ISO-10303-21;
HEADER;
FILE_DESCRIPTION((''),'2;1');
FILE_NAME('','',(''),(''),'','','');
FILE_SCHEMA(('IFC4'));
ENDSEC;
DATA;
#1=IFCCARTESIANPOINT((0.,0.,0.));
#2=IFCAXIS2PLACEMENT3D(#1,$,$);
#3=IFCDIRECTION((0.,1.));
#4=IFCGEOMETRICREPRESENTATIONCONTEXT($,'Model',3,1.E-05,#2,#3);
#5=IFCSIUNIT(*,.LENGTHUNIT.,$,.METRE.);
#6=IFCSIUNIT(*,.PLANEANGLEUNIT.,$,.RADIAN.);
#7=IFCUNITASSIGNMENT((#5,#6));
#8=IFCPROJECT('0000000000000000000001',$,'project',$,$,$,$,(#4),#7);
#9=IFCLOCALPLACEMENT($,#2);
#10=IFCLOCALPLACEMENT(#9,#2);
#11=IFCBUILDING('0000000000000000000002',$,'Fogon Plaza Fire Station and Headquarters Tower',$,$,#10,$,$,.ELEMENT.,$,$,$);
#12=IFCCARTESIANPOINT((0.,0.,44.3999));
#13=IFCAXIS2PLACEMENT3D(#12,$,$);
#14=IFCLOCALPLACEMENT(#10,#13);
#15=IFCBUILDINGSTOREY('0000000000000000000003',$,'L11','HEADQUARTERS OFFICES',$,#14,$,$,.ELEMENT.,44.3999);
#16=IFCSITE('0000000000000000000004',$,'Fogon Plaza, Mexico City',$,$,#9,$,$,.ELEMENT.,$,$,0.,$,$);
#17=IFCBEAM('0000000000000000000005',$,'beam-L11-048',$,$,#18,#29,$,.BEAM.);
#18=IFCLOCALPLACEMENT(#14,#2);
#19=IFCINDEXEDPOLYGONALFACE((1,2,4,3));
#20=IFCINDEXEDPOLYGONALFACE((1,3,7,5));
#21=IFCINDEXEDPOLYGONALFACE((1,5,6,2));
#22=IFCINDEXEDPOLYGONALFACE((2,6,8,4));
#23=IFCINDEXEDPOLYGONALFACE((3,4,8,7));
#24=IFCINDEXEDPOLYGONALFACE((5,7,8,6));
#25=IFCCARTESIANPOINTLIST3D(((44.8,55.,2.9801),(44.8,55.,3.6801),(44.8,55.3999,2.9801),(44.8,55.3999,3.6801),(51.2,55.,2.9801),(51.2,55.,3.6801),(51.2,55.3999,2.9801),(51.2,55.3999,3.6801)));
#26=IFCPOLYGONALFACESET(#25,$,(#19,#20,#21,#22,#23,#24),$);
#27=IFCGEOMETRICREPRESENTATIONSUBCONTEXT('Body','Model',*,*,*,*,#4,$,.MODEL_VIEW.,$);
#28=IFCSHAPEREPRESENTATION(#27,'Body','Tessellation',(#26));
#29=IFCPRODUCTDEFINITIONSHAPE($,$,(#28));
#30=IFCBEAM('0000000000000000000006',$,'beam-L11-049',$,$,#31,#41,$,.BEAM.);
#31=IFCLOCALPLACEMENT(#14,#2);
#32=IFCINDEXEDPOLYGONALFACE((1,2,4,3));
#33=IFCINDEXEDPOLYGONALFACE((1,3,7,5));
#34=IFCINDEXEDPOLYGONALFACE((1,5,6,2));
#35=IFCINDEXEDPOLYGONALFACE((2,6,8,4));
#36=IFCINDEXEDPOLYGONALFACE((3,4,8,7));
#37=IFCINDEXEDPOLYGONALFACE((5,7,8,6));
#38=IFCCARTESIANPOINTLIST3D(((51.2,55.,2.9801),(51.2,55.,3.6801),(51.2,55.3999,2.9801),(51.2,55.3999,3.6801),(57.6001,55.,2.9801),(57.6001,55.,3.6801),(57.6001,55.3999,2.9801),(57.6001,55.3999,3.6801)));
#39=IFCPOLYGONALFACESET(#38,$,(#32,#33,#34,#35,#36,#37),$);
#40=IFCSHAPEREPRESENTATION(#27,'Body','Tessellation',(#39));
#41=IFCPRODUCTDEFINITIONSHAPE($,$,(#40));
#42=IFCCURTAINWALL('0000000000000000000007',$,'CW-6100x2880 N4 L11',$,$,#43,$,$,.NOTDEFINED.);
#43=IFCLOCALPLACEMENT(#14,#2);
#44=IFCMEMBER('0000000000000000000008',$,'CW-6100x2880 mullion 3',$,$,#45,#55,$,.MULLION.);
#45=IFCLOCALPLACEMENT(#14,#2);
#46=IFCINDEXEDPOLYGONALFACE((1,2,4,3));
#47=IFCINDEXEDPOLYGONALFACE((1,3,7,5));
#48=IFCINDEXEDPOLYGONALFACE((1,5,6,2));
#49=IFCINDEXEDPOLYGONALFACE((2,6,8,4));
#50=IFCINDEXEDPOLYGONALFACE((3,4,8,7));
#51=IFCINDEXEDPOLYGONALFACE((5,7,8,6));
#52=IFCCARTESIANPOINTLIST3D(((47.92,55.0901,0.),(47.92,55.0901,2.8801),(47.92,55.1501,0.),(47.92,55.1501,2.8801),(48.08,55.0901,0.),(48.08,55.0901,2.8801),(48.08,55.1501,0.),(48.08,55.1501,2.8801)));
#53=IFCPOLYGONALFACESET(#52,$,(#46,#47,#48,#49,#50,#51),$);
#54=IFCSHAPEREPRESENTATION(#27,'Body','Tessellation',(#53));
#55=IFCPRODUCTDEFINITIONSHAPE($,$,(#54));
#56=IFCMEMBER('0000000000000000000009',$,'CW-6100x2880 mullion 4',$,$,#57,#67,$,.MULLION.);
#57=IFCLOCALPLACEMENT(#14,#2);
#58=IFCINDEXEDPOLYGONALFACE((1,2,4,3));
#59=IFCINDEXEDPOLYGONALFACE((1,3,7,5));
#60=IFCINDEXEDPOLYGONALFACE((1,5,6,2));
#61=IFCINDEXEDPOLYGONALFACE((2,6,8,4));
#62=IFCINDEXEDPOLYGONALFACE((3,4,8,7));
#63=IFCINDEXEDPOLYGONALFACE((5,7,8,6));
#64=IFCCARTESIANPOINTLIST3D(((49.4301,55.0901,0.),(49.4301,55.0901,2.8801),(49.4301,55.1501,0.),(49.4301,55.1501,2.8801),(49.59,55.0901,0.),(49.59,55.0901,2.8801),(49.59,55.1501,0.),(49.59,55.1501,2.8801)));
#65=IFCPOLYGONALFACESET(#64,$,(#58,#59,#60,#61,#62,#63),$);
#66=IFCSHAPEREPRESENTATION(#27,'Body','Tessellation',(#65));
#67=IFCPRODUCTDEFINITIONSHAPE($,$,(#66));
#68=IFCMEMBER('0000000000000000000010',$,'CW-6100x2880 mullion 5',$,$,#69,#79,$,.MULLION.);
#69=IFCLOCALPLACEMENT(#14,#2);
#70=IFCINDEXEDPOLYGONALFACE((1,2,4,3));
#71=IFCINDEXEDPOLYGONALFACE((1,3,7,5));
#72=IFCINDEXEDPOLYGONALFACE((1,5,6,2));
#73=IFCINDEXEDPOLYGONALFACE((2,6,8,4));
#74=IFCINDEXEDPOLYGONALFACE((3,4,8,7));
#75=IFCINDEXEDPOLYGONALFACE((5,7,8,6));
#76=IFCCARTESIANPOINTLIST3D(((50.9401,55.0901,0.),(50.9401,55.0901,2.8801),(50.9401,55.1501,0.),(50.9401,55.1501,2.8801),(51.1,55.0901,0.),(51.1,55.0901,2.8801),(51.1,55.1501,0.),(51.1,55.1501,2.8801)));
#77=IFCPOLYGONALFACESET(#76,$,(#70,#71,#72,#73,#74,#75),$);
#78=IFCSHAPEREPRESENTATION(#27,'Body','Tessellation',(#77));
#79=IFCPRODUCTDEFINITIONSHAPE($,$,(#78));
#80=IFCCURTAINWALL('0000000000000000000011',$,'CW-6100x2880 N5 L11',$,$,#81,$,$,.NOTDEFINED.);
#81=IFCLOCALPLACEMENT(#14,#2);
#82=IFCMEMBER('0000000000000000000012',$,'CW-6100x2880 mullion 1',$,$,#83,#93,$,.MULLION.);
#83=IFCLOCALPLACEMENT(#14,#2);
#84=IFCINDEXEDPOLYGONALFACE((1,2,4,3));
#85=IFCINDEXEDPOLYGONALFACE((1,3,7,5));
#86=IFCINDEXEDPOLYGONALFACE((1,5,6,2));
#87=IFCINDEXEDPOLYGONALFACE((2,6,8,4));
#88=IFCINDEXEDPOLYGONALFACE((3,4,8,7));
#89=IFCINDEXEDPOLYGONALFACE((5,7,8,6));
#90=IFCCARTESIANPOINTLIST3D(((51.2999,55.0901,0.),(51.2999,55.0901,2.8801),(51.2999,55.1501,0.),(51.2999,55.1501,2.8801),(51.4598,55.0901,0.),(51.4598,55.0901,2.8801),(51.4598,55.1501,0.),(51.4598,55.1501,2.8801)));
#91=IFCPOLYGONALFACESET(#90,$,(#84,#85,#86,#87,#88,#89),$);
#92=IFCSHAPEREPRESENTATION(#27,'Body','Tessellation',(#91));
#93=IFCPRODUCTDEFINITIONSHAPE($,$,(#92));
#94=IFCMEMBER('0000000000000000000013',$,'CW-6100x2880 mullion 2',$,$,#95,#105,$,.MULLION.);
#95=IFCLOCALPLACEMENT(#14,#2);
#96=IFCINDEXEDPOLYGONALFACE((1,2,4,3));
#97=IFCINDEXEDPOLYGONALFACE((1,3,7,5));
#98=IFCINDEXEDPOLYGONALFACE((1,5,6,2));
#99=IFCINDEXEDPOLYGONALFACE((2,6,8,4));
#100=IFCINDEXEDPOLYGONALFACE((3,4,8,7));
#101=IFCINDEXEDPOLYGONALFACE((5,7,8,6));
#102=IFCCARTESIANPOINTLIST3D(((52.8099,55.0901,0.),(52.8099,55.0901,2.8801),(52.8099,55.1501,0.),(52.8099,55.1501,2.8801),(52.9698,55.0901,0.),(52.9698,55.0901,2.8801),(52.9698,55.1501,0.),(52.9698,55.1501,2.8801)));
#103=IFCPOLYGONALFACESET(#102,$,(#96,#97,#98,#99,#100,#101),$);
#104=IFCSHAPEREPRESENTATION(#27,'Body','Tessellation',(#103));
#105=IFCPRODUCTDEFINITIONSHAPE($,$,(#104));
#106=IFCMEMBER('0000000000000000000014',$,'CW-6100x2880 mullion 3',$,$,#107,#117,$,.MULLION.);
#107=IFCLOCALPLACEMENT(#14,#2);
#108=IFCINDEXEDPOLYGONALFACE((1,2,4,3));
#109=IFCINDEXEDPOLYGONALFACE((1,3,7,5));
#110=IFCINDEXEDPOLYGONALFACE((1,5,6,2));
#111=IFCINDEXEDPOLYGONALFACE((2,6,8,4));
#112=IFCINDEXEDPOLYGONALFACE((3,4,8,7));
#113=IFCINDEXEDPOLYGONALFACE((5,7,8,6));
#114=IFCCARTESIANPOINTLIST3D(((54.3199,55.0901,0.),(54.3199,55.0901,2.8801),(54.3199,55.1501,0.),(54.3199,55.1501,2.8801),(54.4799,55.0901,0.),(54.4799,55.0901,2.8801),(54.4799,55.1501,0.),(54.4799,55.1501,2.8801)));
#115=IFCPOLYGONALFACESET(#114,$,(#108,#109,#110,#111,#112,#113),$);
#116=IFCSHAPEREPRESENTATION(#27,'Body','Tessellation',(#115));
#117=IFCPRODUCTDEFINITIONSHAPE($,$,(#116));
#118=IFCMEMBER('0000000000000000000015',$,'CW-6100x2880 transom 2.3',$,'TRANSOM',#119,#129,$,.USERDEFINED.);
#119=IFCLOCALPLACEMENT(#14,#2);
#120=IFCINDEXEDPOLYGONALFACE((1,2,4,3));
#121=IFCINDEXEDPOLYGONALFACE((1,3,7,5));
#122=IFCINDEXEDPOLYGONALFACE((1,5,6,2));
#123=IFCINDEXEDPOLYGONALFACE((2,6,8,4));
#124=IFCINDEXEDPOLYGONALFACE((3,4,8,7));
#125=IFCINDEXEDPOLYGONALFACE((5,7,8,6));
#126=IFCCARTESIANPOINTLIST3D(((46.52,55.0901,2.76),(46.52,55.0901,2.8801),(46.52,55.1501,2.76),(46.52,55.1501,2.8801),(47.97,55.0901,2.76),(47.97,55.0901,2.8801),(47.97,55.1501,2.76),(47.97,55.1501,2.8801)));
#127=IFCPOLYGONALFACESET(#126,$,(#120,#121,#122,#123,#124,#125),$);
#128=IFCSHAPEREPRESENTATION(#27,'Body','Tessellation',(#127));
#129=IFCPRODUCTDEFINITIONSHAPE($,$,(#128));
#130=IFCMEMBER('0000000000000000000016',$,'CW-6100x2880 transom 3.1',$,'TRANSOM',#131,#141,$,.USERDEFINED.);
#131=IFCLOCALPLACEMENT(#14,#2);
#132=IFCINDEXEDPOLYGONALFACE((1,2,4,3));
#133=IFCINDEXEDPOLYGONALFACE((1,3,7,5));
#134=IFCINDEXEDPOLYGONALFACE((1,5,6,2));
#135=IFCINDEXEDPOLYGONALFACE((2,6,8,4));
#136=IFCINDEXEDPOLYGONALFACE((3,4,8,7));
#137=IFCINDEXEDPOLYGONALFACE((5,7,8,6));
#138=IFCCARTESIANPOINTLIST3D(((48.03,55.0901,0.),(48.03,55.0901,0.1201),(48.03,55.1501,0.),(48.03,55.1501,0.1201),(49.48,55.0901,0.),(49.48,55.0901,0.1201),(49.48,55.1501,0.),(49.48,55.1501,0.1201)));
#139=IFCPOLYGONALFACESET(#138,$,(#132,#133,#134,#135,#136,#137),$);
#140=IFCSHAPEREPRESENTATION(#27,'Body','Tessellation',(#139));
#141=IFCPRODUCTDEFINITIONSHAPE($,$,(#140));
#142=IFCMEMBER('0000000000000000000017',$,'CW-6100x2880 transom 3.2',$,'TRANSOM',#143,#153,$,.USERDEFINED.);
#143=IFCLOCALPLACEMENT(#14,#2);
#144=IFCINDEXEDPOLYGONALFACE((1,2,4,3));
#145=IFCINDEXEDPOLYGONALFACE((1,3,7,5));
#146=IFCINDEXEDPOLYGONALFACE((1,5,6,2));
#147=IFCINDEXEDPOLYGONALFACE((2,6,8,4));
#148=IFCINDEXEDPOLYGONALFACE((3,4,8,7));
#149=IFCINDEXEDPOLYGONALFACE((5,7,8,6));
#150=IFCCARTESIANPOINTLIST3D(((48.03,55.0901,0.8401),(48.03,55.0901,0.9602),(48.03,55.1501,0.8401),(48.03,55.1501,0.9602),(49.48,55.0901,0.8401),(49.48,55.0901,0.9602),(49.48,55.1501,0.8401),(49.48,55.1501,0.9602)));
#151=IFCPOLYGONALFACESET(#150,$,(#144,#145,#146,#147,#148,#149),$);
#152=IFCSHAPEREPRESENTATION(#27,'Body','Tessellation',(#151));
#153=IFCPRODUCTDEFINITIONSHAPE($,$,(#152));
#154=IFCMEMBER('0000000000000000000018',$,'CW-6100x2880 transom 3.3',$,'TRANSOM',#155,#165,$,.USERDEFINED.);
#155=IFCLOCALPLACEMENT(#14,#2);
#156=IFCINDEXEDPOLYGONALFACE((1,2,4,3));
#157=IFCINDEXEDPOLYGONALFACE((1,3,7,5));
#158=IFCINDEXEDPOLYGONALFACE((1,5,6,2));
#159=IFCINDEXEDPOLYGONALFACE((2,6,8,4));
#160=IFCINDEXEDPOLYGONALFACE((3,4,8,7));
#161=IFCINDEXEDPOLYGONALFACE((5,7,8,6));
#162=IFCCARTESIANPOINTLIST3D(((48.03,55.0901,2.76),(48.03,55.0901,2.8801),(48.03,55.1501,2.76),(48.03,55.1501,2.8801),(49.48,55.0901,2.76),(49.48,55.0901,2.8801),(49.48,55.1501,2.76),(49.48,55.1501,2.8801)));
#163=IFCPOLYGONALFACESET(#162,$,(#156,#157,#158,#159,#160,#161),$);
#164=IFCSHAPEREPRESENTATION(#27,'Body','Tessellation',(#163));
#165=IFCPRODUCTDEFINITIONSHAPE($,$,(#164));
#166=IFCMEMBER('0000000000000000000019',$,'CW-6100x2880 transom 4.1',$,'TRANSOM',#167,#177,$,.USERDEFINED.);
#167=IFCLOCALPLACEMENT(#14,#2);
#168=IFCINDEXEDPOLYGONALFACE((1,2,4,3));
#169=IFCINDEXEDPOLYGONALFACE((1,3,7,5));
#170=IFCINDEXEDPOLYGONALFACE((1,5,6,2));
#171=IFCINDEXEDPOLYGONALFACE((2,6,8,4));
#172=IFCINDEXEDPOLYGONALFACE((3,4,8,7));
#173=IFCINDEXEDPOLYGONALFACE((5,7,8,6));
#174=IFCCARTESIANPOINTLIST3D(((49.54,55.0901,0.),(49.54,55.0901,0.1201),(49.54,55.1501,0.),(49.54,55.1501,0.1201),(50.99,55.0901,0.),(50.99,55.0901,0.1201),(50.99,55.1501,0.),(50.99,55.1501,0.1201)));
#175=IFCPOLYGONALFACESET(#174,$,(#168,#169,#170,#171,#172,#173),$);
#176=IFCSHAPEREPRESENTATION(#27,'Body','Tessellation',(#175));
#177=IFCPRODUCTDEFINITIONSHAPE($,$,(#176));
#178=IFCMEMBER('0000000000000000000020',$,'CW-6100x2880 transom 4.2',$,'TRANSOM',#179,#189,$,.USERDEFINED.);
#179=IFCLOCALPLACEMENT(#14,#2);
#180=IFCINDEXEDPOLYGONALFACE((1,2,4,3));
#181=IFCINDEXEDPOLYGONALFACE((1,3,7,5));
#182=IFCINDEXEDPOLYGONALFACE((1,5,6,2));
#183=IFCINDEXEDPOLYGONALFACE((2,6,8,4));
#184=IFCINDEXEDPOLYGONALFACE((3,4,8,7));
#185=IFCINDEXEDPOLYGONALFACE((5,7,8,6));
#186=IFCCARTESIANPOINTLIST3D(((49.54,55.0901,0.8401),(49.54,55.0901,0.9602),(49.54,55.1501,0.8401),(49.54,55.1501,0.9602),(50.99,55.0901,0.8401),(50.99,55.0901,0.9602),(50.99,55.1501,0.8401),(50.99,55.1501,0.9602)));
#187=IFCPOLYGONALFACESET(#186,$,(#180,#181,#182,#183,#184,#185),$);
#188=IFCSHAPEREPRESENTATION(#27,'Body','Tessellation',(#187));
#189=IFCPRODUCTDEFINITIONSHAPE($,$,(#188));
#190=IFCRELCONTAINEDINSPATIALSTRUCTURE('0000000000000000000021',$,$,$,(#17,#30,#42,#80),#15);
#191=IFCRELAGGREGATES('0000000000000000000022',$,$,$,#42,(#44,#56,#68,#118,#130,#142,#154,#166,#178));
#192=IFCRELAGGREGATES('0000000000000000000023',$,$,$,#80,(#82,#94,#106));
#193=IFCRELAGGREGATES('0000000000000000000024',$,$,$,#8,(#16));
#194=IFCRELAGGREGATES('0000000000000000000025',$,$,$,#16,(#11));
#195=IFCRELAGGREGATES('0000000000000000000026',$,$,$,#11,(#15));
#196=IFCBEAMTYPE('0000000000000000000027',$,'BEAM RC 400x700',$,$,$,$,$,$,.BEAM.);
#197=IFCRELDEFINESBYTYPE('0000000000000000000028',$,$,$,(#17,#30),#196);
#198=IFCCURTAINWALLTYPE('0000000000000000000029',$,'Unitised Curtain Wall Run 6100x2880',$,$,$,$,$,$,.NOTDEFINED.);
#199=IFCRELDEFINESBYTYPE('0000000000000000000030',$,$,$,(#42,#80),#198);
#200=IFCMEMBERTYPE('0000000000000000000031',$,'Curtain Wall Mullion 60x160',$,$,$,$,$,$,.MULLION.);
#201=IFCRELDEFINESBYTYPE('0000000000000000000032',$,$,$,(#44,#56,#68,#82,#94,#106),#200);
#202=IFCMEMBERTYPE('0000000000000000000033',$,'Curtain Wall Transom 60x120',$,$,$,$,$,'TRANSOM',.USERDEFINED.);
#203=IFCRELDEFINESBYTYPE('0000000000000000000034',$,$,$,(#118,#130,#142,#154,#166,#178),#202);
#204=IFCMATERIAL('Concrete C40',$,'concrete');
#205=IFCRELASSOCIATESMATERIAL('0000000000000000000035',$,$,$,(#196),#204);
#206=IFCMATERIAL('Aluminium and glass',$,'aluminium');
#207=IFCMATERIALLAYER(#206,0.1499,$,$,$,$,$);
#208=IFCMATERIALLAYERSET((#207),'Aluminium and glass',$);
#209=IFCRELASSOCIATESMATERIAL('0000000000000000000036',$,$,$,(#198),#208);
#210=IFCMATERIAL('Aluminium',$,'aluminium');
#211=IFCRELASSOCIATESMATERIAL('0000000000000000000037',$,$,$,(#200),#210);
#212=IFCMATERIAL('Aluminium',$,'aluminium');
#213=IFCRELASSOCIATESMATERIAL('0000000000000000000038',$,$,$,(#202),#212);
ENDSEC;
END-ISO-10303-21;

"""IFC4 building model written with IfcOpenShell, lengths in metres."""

from ifc_helpers import new_model, si_unit, direction, frame, origin, origin_2d, place, context, subcontext, project, spatial, rectangle, extrude, material, layer, layer_set, material_profile, profile_set, type_object, element, aggregate, save


model = new_model("IFC4")

# Units and contexts
model_context = context("Model", 3, precision=1e-05, world=origin(), true_north=direction((0.0, 1.0)))
body_context = subcontext(model_context, "Body", "Model", "MODEL_VIEW")
ifc_project = project(units=[si_unit("LENGTHUNIT", "METRE"), si_unit("PLANEANGLEUNIT", "RADIAN")], contexts=[model_context])

# Site, building, storey
site_placement = place(None, origin())
site = spatial("IfcSite", under=ifc_project, at=site_placement, Name="Fogon Plaza, Mexico City", CompositionType="ELEMENT", RefElevation=0.0)
building_placement = place(site_placement, origin())
building = spatial("IfcBuilding", under=site, at=building_placement, Name="Fogon Plaza Fire Station and Headquarters Tower", CompositionType="ELEMENT")
storey_placement = place(building_placement, frame((0.0, 0.0, 44.3999)))
storey = spatial("IfcBuildingStorey", under=building, at=storey_placement, Name="L11", Description="HEADQUARTERS OFFICES", CompositionType="ELEMENT", Elevation=44.3999)

# Beams
ifc_material_1 = material(Name="Concrete C40", Category="concrete")
ifc_material_profile_1 = material_profile(ifc_material_1, rectangle(XDim=0.3999, YDim=0.7, at=origin_2d()), Name="RC 400x700")
ifc_profile_set_1 = profile_set([ifc_material_profile_1], Name="Concrete C40")
beam_type = type_object("IfcBeamType", Name="BEAM RC 400x700", PredefinedType="BEAM", material=ifc_profile_set_1)
beam_1_placement = place(storey_placement, frame((44.8, 55.2, 3.3301), z_axis=(1.0, 0.0, 0.0), x_axis=(0.0, 1.0, 0.0)))
element("IfcBeam", 1, at=beam_1_placement, inside=storey, type_object=beam_type, Name="beam-L11-048", PredefinedType="BEAM", context=body_context, shape_type="SweptSolid", body=[
    extrude(rectangle(XDim=0.3999, YDim=0.7, at=origin_2d()), origin(), (0.0, 0.0, 1.0), 6.3999),
])
beam_2_placement = place(storey_placement, frame((51.2, 55.2, 3.3301), z_axis=(1.0, 0.0, 0.0), x_axis=(0.0, 1.0, 0.0)))
element("IfcBeam", 2, at=beam_2_placement, inside=storey, type_object=beam_type, Name="beam-L11-049", PredefinedType="BEAM", context=body_context, shape_type="SweptSolid", body=[
    extrude(rectangle(XDim=0.3999, YDim=0.7, at=origin_2d()), origin(), (0.0, 0.0, 1.0), 6.4001),
])

# Curtain walls, members
ifc_material_2 = material(Name="Aluminium and glass", Category="aluminium")
ifc_layer_1 = layer(ifc_material_2, 0.1499)
ifc_layer_set_1 = layer_set([ifc_layer_1], Name="Aluminium and glass")
curtain_wall_type = type_object("IfcCurtainWallType", Name="Unitised Curtain Wall Run 6100x2880", PredefinedType="NOTDEFINED", material=ifc_layer_set_1)
curtain_wall_1_placement = place(storey_placement, origin())
curtain_wall_1 = element("IfcCurtainWall", 3, at=curtain_wall_1_placement, inside=storey, type_object=curtain_wall_type, Name="CW-6100x2880 N4 L11", PredefinedType="NOTDEFINED")
ifc_material_3 = material(Name="Aluminium", Category="aluminium")
ifc_material_profile_2 = material_profile(ifc_material_3, rectangle(XDim=0.0601, YDim=0.1599, at=origin_2d()), Name="Curtain Wall Mullion 60x160")
ifc_profile_set_2 = profile_set([ifc_material_profile_2], Name="Aluminium")
member_type_1 = type_object("IfcMemberType", Name="Curtain Wall Mullion 60x160", PredefinedType="MULLION", material=ifc_profile_set_2)
member_1_placement = place(storey_placement, frame((48.0, 55.1201, 0.0), z_axis=(0.0, 0.0, 1.0), x_axis=(0.0, 1.0, 0.0)))
member_1 = element("IfcMember", 4, at=member_1_placement, type_object=member_type_1, Name="CW-6100x2880 mullion 3", PredefinedType="MULLION", context=body_context, shape_type="SweptSolid", body=[
    extrude(rectangle(XDim=0.0601, YDim=0.1599, at=origin_2d()), origin(), (0.0, 0.0, 1.0), 2.8801),
])
member_2_placement = place(storey_placement, frame((49.51, 55.1201, 0.0), z_axis=(0.0, 0.0, 1.0), x_axis=(0.0, 1.0, 0.0)))
member_2 = element("IfcMember", 5, at=member_2_placement, type_object=member_type_1, Name="CW-6100x2880 mullion 4", PredefinedType="MULLION", context=body_context, shape_type="SweptSolid", body=[
    extrude(rectangle(XDim=0.0601, YDim=0.1599, at=origin_2d()), origin(), (0.0, 0.0, 1.0), 2.8801),
])
member_3_placement = place(storey_placement, frame((51.02, 55.1201, 0.0), z_axis=(0.0, 0.0, 1.0), x_axis=(0.0, 1.0, 0.0)))
member_3 = element("IfcMember", 6, at=member_3_placement, type_object=member_type_1, Name="CW-6100x2880 mullion 5", PredefinedType="MULLION", context=body_context, shape_type="SweptSolid", body=[
    extrude(rectangle(XDim=0.0601, YDim=0.1599, at=origin_2d()), origin(), (0.0, 0.0, 1.0), 2.8801),
])
curtain_wall_2_placement = place(storey_placement, origin())
curtain_wall_2 = element("IfcCurtainWall", 7, at=curtain_wall_2_placement, inside=storey, type_object=curtain_wall_type, Name="CW-6100x2880 N5 L11", PredefinedType="NOTDEFINED")
member_4_placement = place(storey_placement, frame((51.3799, 55.1201, 0.0), z_axis=(0.0, 0.0, 1.0), x_axis=(0.0, 1.0, 0.0)))
member_4 = element("IfcMember", 8, at=member_4_placement, type_object=member_type_1, Name="CW-6100x2880 mullion 1", PredefinedType="MULLION", context=body_context, shape_type="SweptSolid", body=[
    extrude(rectangle(XDim=0.0601, YDim=0.1599, at=origin_2d()), origin(), (0.0, 0.0, 1.0), 2.8801),
])
member_5_placement = place(storey_placement, frame((52.8899, 55.1201, 0.0), z_axis=(0.0, 0.0, 1.0), x_axis=(0.0, 1.0, 0.0)))
member_5 = element("IfcMember", 9, at=member_5_placement, type_object=member_type_1, Name="CW-6100x2880 mullion 2", PredefinedType="MULLION", context=body_context, shape_type="SweptSolid", body=[
    extrude(rectangle(XDim=0.0601, YDim=0.1599, at=origin_2d()), origin(), (0.0, 0.0, 1.0), 2.8801),
])
member_6_placement = place(storey_placement, frame((54.3999, 55.1201, 0.0), z_axis=(0.0, 0.0, 1.0), x_axis=(0.0, 1.0, 0.0)))
member_6 = element("IfcMember", 10, at=member_6_placement, type_object=member_type_1, Name="CW-6100x2880 mullion 3", PredefinedType="MULLION", context=body_context, shape_type="SweptSolid", body=[
    extrude(rectangle(XDim=0.0601, YDim=0.1599, at=origin_2d()), origin(), (0.0, 0.0, 1.0), 2.8801),
])

# Members
ifc_material_4 = material(Name="Aluminium", Category="aluminium")
ifc_material_profile_3 = material_profile(ifc_material_4, rectangle(XDim=0.0601, YDim=0.1201, at=origin_2d()), Name="Curtain Wall Transom 60x120")
ifc_profile_set_3 = profile_set([ifc_material_profile_3], Name="Aluminium")
member_type_2 = type_object("IfcMemberType", Name="Curtain Wall Transom 60x120", ElementType="TRANSOM", PredefinedType="USERDEFINED", material=ifc_profile_set_3)
member_7_placement = place(storey_placement, frame((46.52, 55.1201, 2.8201), z_axis=(1.0, 0.0, 0.0), x_axis=(0.0, 1.0, 0.0)))
member_7 = element("IfcMember", 11, at=member_7_placement, type_object=member_type_2, Name="CW-6100x2880 transom 2.3", ObjectType="TRANSOM", PredefinedType="USERDEFINED", context=body_context, shape_type="SweptSolid", body=[
    extrude(rectangle(XDim=0.0601, YDim=0.1201, at=origin_2d()), origin(), (0.0, 0.0, 1.0), 1.45),
])
member_8_placement = place(storey_placement, frame((48.03, 55.1201, 0.0601), z_axis=(1.0, 0.0, 0.0), x_axis=(0.0, 1.0, 0.0)))
member_8 = element("IfcMember", 12, at=member_8_placement, type_object=member_type_2, Name="CW-6100x2880 transom 3.1", ObjectType="TRANSOM", PredefinedType="USERDEFINED", context=body_context, shape_type="SweptSolid", body=[
    extrude(rectangle(XDim=0.0601, YDim=0.1201, at=origin_2d()), origin(), (0.0, 0.0, 1.0), 1.45),
])
member_9_placement = place(storey_placement, frame((48.03, 55.1201, 0.9001), z_axis=(1.0, 0.0, 0.0), x_axis=(0.0, 1.0, 0.0)))
member_9 = element("IfcMember", 13, at=member_9_placement, type_object=member_type_2, Name="CW-6100x2880 transom 3.2", ObjectType="TRANSOM", PredefinedType="USERDEFINED", context=body_context, shape_type="SweptSolid", body=[
    extrude(rectangle(XDim=0.0601, YDim=0.1201, at=origin_2d()), origin(), (0.0, 0.0, 1.0), 1.45),
])
member_10_placement = place(storey_placement, frame((48.03, 55.1201, 2.8201), z_axis=(1.0, 0.0, 0.0), x_axis=(0.0, 1.0, 0.0)))
member_10 = element("IfcMember", 14, at=member_10_placement, type_object=member_type_2, Name="CW-6100x2880 transom 3.3", ObjectType="TRANSOM", PredefinedType="USERDEFINED", context=body_context, shape_type="SweptSolid", body=[
    extrude(rectangle(XDim=0.0601, YDim=0.1201, at=origin_2d()), origin(), (0.0, 0.0, 1.0), 1.45),
])
member_11_placement = place(storey_placement, frame((49.54, 55.1201, 0.0601), z_axis=(1.0, 0.0, 0.0), x_axis=(0.0, 1.0, 0.0)))
member_11 = element("IfcMember", 15, at=member_11_placement, type_object=member_type_2, Name="CW-6100x2880 transom 4.1", ObjectType="TRANSOM", PredefinedType="USERDEFINED", context=body_context, shape_type="SweptSolid", body=[
    extrude(rectangle(XDim=0.0601, YDim=0.1201, at=origin_2d()), origin(), (0.0, 0.0, 1.0), 1.45),
])
member_12_placement = place(storey_placement, frame((49.54, 55.1201, 0.9001), z_axis=(1.0, 0.0, 0.0), x_axis=(0.0, 1.0, 0.0)))
member_12 = element("IfcMember", 16, at=member_12_placement, type_object=member_type_2, Name="CW-6100x2880 transom 4.2", ObjectType="TRANSOM", PredefinedType="USERDEFINED", context=body_context, shape_type="SweptSolid", body=[
    extrude(rectangle(XDim=0.0601, YDim=0.1201, at=origin_2d()), origin(), (0.0, 0.0, 1.0), 1.45),
])

aggregate(curtain_wall_1, [member_1, member_2, member_3, member_7, member_8, member_9, member_10, member_11, member_12])
aggregate(curtain_wall_2, [member_4, member_5, member_6])

save(model, "model.ifc")
